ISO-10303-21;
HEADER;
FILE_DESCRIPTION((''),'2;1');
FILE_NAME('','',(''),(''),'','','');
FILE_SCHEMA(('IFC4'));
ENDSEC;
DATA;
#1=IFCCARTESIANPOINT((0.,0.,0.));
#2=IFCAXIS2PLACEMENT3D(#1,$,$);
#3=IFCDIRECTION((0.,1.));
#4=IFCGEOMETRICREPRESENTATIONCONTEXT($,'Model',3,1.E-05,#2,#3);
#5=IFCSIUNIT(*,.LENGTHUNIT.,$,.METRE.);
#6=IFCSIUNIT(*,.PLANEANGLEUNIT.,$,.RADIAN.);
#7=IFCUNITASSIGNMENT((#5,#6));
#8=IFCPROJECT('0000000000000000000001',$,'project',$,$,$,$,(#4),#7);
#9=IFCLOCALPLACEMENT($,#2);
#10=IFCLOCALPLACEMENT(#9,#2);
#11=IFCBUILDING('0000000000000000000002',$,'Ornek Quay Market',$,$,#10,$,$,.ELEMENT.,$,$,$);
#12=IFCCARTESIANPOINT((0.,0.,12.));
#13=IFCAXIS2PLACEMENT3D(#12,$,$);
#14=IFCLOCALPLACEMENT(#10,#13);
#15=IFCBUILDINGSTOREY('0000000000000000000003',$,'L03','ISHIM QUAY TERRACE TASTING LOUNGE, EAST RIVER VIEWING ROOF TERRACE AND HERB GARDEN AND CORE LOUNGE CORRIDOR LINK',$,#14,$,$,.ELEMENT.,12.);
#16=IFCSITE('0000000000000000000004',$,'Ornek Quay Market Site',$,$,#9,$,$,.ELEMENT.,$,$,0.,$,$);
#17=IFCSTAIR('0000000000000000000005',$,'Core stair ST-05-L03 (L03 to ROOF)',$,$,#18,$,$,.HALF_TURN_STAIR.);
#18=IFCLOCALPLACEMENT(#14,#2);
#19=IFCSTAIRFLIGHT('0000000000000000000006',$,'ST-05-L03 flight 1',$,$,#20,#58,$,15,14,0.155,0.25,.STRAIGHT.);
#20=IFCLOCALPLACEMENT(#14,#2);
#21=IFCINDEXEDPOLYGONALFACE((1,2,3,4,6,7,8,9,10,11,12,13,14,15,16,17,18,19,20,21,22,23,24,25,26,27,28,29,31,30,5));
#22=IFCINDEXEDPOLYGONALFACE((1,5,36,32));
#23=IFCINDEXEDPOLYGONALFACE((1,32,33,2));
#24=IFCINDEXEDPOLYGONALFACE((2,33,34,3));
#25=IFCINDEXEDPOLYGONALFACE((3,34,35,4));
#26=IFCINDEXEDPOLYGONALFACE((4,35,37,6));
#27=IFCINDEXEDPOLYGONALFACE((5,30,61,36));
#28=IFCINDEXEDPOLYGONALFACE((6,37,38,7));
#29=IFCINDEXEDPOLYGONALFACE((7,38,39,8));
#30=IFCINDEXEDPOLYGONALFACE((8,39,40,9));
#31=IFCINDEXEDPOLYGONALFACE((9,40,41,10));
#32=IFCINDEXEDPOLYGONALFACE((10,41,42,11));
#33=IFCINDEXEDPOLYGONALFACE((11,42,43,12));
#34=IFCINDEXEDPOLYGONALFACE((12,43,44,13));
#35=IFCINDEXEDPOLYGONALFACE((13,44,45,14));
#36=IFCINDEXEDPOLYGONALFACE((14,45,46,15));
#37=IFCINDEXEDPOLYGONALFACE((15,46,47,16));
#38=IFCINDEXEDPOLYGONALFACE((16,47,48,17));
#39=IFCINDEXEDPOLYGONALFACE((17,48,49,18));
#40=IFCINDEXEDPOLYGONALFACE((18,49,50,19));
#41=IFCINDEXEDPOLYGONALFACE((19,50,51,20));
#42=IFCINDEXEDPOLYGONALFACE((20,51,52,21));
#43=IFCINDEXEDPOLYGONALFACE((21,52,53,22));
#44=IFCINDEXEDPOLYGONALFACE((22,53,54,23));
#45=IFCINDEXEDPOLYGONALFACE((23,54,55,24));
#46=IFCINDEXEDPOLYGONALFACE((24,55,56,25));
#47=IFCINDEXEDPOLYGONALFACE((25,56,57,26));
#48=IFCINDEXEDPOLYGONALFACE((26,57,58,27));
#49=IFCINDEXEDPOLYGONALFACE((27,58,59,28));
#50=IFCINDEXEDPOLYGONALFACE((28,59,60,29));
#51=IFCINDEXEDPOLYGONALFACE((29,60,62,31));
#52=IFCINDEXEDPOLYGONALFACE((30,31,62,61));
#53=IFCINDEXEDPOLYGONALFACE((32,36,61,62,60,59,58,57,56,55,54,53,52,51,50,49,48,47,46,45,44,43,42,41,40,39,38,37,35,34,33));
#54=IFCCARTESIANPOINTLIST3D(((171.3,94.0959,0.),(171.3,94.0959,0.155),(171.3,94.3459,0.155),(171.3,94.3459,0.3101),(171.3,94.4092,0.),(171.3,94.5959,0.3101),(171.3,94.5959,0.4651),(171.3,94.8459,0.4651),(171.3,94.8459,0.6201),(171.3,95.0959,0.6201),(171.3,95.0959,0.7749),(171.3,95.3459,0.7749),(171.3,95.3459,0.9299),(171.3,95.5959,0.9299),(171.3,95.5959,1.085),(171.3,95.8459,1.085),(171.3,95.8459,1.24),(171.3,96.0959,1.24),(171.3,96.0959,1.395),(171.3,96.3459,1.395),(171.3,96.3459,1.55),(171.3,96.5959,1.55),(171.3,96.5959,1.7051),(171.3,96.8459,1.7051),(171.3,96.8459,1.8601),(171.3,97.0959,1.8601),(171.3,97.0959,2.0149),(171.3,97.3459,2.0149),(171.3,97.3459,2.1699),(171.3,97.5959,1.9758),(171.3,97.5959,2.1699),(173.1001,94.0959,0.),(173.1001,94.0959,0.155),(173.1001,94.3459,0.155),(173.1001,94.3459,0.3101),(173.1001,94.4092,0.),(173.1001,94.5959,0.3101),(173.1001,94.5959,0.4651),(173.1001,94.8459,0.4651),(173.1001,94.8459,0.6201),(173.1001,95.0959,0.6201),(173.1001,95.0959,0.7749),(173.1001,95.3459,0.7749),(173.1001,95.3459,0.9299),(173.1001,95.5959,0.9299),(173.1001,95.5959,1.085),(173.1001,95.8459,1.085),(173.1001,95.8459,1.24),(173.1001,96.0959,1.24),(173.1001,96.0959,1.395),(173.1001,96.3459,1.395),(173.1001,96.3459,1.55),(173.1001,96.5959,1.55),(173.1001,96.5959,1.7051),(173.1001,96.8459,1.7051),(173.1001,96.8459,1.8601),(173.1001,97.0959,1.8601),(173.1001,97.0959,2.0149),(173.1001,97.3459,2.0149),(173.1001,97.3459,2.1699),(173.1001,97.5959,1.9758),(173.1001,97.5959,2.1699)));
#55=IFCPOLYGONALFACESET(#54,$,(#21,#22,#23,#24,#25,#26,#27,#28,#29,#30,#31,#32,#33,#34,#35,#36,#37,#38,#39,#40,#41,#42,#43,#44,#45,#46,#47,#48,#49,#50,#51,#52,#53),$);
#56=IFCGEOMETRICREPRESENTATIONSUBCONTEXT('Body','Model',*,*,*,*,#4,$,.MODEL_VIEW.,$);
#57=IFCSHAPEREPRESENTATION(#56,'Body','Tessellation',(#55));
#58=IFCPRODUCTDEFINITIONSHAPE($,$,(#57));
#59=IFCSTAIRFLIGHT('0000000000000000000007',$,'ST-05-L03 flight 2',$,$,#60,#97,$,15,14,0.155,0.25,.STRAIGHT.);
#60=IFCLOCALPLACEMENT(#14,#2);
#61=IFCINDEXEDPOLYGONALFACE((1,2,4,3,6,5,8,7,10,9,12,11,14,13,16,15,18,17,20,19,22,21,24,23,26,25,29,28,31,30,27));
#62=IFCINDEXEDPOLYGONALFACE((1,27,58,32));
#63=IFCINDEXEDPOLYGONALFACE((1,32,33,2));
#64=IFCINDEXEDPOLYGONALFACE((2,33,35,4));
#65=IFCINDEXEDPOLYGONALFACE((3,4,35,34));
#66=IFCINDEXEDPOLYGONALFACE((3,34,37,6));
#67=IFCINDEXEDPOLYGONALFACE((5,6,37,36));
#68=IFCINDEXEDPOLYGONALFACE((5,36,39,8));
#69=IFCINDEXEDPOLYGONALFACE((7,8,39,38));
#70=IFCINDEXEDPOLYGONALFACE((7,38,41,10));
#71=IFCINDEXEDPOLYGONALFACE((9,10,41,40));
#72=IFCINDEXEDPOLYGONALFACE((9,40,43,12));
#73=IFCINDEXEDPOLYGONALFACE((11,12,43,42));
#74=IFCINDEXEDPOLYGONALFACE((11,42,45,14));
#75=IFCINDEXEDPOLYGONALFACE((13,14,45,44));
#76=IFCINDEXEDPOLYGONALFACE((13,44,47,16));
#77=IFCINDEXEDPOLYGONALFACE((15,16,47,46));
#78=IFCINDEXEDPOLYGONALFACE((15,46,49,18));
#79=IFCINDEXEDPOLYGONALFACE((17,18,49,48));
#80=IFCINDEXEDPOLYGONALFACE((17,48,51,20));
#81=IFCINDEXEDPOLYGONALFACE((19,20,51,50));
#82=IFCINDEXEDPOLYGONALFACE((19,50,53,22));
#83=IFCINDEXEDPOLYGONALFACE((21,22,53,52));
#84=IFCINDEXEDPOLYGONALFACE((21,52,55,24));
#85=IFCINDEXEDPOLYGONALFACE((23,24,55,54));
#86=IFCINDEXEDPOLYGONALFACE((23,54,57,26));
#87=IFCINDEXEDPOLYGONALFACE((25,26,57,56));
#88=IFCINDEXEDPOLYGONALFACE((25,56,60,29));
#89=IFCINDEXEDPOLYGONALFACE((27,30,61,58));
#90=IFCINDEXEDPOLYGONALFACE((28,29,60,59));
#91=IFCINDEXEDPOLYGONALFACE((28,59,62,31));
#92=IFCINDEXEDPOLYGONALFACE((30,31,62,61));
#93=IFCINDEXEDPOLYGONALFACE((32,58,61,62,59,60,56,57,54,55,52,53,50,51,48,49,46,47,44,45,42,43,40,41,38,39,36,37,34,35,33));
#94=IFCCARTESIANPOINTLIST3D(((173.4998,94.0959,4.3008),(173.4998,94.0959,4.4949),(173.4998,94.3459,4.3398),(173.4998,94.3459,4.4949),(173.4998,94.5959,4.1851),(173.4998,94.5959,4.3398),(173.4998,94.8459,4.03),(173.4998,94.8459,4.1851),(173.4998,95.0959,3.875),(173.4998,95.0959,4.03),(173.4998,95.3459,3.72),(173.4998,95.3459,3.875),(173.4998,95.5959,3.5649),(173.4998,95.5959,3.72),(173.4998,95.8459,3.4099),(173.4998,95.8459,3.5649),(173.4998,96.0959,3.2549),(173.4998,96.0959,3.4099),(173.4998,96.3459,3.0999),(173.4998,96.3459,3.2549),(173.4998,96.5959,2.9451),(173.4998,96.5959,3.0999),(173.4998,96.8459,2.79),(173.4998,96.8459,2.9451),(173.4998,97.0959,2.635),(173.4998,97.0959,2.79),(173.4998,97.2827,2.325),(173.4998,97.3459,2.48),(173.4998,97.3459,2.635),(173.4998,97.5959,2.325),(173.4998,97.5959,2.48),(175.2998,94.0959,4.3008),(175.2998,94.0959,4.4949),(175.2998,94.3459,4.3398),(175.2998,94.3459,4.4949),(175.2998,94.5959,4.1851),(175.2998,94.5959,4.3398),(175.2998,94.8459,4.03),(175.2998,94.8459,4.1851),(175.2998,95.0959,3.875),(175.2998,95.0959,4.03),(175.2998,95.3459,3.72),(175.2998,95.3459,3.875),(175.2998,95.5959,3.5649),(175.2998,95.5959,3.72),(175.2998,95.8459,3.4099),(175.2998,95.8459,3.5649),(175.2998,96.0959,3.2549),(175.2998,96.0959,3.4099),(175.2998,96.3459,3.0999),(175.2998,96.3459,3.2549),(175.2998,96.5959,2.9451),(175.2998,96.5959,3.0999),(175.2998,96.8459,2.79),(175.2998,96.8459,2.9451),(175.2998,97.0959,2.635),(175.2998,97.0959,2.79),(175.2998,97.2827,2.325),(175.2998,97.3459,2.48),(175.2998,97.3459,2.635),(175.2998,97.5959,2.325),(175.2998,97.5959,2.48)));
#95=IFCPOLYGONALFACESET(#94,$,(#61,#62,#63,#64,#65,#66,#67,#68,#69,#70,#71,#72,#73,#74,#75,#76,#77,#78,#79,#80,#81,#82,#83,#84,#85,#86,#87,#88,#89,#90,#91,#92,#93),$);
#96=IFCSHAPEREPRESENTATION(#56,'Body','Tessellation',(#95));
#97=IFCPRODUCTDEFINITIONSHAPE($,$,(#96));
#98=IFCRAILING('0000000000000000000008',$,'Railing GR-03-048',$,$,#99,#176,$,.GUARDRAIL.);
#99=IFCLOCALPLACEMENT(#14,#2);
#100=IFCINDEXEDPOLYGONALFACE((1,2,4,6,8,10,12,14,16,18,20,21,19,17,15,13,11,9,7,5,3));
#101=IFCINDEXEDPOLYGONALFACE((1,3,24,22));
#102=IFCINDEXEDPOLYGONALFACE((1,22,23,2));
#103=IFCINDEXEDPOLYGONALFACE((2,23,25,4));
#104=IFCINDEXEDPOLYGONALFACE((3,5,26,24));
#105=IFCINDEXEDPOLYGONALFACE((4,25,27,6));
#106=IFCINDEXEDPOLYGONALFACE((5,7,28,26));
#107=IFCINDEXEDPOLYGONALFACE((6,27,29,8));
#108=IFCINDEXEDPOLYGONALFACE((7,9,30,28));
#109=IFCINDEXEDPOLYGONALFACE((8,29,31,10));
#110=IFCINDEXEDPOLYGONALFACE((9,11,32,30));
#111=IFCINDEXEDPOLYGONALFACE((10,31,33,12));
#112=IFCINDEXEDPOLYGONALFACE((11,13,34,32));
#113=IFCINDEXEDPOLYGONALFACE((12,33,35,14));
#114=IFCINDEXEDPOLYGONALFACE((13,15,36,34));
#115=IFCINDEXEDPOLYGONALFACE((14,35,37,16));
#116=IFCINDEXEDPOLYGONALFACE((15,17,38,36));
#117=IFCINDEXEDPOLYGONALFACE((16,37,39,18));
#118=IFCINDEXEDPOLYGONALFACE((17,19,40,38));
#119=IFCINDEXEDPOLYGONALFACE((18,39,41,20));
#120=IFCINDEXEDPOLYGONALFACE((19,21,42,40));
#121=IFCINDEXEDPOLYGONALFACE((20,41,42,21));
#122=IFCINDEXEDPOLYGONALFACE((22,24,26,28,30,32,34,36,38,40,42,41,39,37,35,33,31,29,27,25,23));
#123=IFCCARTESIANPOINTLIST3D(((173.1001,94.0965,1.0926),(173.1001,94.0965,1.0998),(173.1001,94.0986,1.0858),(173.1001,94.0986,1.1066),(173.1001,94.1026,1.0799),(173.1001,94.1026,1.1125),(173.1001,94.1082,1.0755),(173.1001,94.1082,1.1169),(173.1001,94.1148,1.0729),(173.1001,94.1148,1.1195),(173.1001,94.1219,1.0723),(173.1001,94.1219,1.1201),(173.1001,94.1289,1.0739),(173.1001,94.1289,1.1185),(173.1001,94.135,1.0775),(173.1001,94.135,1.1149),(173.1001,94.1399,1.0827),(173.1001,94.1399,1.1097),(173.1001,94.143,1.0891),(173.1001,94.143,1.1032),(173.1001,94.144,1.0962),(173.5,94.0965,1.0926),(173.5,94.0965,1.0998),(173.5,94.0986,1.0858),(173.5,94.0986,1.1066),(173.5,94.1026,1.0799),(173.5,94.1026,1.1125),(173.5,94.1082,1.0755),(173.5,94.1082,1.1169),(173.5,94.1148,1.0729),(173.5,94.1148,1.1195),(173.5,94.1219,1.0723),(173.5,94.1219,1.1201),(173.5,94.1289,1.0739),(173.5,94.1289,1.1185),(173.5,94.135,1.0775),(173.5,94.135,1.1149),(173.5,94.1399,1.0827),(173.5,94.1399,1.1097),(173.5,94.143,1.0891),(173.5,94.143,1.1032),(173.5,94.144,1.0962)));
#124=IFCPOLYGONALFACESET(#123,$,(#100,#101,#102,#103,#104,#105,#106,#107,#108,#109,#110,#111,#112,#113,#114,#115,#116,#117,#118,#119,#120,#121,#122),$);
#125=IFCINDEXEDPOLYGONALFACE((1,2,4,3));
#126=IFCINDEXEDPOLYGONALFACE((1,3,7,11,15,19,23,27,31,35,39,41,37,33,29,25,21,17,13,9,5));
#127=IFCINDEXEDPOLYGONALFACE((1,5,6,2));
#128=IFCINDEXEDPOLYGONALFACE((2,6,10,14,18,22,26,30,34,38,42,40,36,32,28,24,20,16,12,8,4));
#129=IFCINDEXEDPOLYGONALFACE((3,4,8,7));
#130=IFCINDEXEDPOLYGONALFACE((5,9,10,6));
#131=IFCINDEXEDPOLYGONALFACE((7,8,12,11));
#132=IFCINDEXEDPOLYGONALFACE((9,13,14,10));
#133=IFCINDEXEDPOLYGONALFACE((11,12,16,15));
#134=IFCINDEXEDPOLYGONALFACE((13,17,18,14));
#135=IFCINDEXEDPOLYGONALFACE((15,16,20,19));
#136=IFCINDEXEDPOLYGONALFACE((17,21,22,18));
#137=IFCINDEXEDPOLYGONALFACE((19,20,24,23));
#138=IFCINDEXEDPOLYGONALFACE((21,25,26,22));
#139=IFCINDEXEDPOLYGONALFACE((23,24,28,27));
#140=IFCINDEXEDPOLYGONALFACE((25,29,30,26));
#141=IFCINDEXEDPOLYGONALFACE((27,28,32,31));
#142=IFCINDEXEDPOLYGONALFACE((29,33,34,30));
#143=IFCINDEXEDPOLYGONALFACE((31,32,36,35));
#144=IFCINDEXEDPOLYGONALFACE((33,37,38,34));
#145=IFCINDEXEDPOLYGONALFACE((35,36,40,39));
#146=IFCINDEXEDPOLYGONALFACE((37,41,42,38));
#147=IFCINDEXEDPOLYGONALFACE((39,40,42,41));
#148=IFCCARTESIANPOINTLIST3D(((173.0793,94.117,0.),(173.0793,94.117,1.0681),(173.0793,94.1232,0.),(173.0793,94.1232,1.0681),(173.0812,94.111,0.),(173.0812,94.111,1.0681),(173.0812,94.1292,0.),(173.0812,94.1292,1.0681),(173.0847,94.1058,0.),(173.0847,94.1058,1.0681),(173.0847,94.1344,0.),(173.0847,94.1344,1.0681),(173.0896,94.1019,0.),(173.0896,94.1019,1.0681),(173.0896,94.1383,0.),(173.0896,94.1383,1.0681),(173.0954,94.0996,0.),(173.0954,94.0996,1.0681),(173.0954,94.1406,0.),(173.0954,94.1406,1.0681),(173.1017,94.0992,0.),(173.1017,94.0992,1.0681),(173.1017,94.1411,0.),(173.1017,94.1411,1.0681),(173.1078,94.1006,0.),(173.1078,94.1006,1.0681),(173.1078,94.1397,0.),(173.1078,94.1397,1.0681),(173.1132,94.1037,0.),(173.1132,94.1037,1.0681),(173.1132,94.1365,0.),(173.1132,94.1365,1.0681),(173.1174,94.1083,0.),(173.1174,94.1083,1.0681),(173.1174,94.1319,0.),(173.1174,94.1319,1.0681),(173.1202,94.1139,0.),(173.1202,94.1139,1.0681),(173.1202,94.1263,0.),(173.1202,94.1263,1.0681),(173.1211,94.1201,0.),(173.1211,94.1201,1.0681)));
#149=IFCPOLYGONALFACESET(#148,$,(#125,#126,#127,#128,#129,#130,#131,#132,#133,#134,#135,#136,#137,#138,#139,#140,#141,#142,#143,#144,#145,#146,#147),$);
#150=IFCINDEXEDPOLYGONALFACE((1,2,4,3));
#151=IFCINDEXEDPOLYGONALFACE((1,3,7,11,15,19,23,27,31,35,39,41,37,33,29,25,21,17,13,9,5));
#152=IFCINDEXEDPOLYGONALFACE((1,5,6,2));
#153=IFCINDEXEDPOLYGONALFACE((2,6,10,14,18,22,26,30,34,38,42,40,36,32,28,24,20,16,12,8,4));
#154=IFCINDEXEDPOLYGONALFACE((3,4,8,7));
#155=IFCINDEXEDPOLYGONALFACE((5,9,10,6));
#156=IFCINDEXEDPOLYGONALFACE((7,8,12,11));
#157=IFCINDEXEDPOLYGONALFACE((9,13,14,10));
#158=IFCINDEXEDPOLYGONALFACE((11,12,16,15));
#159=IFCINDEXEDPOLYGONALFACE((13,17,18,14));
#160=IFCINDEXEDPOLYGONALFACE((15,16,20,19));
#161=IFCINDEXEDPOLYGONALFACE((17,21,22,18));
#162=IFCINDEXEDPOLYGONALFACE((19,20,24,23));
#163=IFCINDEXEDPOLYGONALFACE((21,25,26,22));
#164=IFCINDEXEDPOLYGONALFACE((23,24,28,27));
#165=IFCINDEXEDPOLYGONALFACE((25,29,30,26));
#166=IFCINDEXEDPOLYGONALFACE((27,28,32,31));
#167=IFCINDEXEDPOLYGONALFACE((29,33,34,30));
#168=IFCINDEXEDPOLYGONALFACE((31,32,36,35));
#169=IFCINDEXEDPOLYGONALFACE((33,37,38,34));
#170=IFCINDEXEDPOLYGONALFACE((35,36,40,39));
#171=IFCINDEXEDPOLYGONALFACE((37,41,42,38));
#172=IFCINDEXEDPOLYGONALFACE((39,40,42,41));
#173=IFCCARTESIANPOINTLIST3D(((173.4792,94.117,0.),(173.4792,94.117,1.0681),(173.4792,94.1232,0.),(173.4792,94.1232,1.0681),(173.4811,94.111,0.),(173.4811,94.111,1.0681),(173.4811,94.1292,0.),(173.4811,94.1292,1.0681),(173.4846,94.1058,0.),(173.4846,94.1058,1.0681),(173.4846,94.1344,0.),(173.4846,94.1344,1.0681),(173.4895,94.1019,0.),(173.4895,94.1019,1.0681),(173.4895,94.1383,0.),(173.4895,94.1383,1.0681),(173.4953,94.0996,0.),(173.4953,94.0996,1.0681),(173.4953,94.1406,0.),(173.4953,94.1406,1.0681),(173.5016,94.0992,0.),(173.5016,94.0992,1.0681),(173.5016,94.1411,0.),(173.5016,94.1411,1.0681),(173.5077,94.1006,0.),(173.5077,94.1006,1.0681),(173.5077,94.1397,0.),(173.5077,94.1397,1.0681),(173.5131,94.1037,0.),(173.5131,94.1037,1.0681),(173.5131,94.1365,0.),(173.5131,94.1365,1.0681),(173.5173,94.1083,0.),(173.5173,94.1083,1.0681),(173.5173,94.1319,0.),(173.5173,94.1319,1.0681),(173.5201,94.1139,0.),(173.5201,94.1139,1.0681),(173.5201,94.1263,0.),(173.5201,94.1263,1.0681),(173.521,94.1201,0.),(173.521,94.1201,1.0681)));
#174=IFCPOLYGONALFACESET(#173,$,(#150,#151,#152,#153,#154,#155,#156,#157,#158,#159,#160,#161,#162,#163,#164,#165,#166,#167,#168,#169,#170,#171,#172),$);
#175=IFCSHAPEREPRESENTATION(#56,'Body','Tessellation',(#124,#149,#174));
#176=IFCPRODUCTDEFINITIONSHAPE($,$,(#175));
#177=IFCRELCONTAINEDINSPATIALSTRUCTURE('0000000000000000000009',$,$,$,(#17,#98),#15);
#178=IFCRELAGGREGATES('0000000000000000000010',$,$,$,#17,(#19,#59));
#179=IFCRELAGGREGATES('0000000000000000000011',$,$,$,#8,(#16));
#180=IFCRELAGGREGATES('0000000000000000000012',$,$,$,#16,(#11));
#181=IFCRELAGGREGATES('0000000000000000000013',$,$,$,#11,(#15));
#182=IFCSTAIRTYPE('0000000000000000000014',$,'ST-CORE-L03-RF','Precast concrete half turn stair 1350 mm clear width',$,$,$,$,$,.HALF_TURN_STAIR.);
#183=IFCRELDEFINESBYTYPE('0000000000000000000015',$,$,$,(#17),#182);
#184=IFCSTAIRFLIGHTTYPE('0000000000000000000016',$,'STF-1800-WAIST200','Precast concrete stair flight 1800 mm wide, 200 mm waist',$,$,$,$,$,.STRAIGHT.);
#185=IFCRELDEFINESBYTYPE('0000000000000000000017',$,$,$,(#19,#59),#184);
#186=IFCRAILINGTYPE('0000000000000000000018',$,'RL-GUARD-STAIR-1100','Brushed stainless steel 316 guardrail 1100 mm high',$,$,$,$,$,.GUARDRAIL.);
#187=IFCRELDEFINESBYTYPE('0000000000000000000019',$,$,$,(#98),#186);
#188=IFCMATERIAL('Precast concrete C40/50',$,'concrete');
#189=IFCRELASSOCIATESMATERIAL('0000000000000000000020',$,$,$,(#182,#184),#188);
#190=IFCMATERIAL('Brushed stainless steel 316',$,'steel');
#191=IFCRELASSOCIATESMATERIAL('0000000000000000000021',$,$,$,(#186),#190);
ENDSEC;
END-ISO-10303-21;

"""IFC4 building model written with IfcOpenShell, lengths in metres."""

from ifc_helpers import new_model, si_unit, direction, frame, origin, origin_2d, place, context, subcontext, project, spatial, polyline, circle, outline, extrude, material, type_object, element, aggregate, save


model = new_model("IFC4")

# Units and contexts
model_context = context("Model", 3, precision=1e-05, world=origin(), true_north=direction((0.0, 1.0)))
body_context = subcontext(model_context, "Body", "Model", "MODEL_VIEW")
ifc_project = project(units=[si_unit("LENGTHUNIT", "METRE"), si_unit("PLANEANGLEUNIT", "RADIAN")], contexts=[model_context])

# Site, building, storey
site_placement = place(None, origin())
site = spatial("IfcSite", under=ifc_project, at=site_placement, Name="Ornek Quay Market Site", CompositionType="ELEMENT", RefElevation=0.0)
building_placement = place(site_placement, origin())
building = spatial("IfcBuilding", under=site, at=building_placement, Name="Ornek Quay Market", CompositionType="ELEMENT")
storey_placement = place(building_placement, frame((0.0, 0.0, 12.0)))
storey = spatial("IfcBuildingStorey", under=building, at=storey_placement, Name="L03", Description="ISHIM QUAY TERRACE TASTING LOUNGE, EAST RIVER VIEWING ROOF TERRACE AND HERB GARDEN AND CORE LOUNGE CORRIDOR LINK", CompositionType="ELEMENT", Elevation=12.0)

# Stair, stair flights
ifc_material_1 = material(Name="Precast concrete C40/50", Category="concrete")
stair_type = type_object("IfcStairType", Name="ST-CORE-L03-RF", Description="Precast concrete half turn stair 1350 mm clear width", PredefinedType="HALF_TURN_STAIR", material=ifc_material_1)
stair_placement = place(storey_placement, origin())
stair = element("IfcStair", 1, at=stair_placement, inside=storey, type_object=stair_type, Name="Core stair ST-05-L03 (L03 to ROOF)", PredefinedType="HALF_TURN_STAIR")
stair_flight_type = type_object("IfcStairFlightType", Name="STF-1800-WAIST200", Description="Precast concrete stair flight 1800 mm wide, 200 mm waist", PredefinedType="STRAIGHT", material=ifc_material_1)
stair_flight_1_placement = place(storey_placement, frame((172.2, 94.0959, 0.0), z_axis=(0.0, 0.0, 1.0), x_axis=(0.0, 1.0, 0.0)))
stair_flight_1 = element("IfcStairFlight", 2, at=stair_flight_1_placement, type_object=stair_flight_type, Name="ST-05-L03 flight 1", NumberOfRisers=15, NumberOfTreads=14, PredefinedType="STRAIGHT", RiserHeight=0.155, TreadLength=0.25, context=body_context, shape_type="SweptSolid", body=[
    extrude(outline(polyline([(0.0, 0.0), (0.0, 0.155), (0.25, 0.155), (0.25, 0.3101), (0.5, 0.3101), (0.5, 0.4651), (0.75, 0.4651), (0.75, 0.6201), (1.0, 0.6201), (1.0, 0.7749), (1.25, 0.7749), (1.25, 0.9299), (1.5, 0.9299), (1.5, 1.085), (1.75, 1.085), (1.75, 1.24), (2.0, 1.24), (2.0, 1.395), (2.25, 1.395), (2.25, 1.55), (2.5, 1.55), (2.5, 1.7051), (2.75, 1.7051), (2.75, 1.8601), (3.0, 1.8601), (3.0, 2.0149), (3.25, 2.0149), (3.25, 2.1699), (3.5, 2.1699), (3.5, 2.325), (3.5, 1.9758), (0.3132, 0.0), (0.0, 0.0)])), frame((0.0, 0.8999, 0.0), z_axis=(0.0, -1.0, 0.0), x_axis=(1.0, 0.0, 0.0)), (0.0, 0.0, 1.0), 1.8),
])
stair_flight_2_placement = place(storey_placement, frame((174.3999, 97.5959, 2.325), z_axis=(0.0, 0.0, 1.0), x_axis=(0.0, -1.0, 0.0)))
stair_flight_2 = element("IfcStairFlight", 3, at=stair_flight_2_placement, type_object=stair_flight_type, Name="ST-05-L03 flight 2", NumberOfRisers=15, NumberOfTreads=14, PredefinedType="STRAIGHT", RiserHeight=0.155, TreadLength=0.25, context=body_context, shape_type="SweptSolid", body=[
    extrude(outline(polyline([(0.0, 0.0), (0.0, 0.155), (0.25, 0.155), (0.25, 0.3101), (0.5, 0.3101), (0.5, 0.4651), (0.75, 0.4651), (0.75, 0.6201), (1.0, 0.6201), (1.0, 0.7749), (1.25, 0.7749), (1.25, 0.9299), (1.5, 0.9299), (1.5, 1.085), (1.75, 1.085), (1.75, 1.24), (2.0, 1.24), (2.0, 1.395), (2.25, 1.395), (2.25, 1.55), (2.5, 1.55), (2.5, 1.7051), (2.75, 1.7051), (2.75, 1.8601), (3.0, 1.8601), (3.0, 2.0149), (3.25, 2.0149), (3.25, 2.1699), (3.5, 2.1699), (3.5, 2.325), (3.5, 1.9758), (0.3132, 0.0), (0.0, 0.0)])), frame((0.0, 0.8999, 0.0), z_axis=(0.0, -1.0, 0.0), x_axis=(1.0, 0.0, 0.0)), (0.0, 0.0, 1.0), 1.8),
])
aggregate(stair, [stair_flight_1, stair_flight_2])

# Railing
ifc_material_2 = material(Name="Brushed stainless steel 316", Category="steel")
railing_type_1 = type_object("IfcRailingType", Name="RL-GUARD-STAIR-1100", Description="Brushed stainless steel 316 guardrail 1100 mm high", PredefinedType="GUARDRAIL", material=ifc_material_2)
railing_1_placement = place(storey_placement, frame((173.1001, 94.1201, 0.0)))
element("IfcRailing", 4, at=railing_1_placement, inside=storey, type_object=railing_type_1, Name="Railing GR-03-048", PredefinedType="GUARDRAIL", context=body_context, shape_type="SweptSolid", body=[
    extrude(circle(Radius=0.0239, at=origin_2d()), frame((0.0, 0.0, 1.0962), z_axis=(1.0, 0.0, 0.0), x_axis=(0.0, 1.0, 0.0)), (0.0, 0.0, 1.0), 0.3999),
    extrude(circle(Radius=0.021, at=origin_2d()), origin(), (0.0, 0.0, 1.0), 1.0681),
    extrude(circle(Radius=0.021, at=origin_2d()), frame((0.3999, 0.0, 0.0)), (0.0, 0.0, 1.0), 1.0681),
])

save(model, "model.ifc")
